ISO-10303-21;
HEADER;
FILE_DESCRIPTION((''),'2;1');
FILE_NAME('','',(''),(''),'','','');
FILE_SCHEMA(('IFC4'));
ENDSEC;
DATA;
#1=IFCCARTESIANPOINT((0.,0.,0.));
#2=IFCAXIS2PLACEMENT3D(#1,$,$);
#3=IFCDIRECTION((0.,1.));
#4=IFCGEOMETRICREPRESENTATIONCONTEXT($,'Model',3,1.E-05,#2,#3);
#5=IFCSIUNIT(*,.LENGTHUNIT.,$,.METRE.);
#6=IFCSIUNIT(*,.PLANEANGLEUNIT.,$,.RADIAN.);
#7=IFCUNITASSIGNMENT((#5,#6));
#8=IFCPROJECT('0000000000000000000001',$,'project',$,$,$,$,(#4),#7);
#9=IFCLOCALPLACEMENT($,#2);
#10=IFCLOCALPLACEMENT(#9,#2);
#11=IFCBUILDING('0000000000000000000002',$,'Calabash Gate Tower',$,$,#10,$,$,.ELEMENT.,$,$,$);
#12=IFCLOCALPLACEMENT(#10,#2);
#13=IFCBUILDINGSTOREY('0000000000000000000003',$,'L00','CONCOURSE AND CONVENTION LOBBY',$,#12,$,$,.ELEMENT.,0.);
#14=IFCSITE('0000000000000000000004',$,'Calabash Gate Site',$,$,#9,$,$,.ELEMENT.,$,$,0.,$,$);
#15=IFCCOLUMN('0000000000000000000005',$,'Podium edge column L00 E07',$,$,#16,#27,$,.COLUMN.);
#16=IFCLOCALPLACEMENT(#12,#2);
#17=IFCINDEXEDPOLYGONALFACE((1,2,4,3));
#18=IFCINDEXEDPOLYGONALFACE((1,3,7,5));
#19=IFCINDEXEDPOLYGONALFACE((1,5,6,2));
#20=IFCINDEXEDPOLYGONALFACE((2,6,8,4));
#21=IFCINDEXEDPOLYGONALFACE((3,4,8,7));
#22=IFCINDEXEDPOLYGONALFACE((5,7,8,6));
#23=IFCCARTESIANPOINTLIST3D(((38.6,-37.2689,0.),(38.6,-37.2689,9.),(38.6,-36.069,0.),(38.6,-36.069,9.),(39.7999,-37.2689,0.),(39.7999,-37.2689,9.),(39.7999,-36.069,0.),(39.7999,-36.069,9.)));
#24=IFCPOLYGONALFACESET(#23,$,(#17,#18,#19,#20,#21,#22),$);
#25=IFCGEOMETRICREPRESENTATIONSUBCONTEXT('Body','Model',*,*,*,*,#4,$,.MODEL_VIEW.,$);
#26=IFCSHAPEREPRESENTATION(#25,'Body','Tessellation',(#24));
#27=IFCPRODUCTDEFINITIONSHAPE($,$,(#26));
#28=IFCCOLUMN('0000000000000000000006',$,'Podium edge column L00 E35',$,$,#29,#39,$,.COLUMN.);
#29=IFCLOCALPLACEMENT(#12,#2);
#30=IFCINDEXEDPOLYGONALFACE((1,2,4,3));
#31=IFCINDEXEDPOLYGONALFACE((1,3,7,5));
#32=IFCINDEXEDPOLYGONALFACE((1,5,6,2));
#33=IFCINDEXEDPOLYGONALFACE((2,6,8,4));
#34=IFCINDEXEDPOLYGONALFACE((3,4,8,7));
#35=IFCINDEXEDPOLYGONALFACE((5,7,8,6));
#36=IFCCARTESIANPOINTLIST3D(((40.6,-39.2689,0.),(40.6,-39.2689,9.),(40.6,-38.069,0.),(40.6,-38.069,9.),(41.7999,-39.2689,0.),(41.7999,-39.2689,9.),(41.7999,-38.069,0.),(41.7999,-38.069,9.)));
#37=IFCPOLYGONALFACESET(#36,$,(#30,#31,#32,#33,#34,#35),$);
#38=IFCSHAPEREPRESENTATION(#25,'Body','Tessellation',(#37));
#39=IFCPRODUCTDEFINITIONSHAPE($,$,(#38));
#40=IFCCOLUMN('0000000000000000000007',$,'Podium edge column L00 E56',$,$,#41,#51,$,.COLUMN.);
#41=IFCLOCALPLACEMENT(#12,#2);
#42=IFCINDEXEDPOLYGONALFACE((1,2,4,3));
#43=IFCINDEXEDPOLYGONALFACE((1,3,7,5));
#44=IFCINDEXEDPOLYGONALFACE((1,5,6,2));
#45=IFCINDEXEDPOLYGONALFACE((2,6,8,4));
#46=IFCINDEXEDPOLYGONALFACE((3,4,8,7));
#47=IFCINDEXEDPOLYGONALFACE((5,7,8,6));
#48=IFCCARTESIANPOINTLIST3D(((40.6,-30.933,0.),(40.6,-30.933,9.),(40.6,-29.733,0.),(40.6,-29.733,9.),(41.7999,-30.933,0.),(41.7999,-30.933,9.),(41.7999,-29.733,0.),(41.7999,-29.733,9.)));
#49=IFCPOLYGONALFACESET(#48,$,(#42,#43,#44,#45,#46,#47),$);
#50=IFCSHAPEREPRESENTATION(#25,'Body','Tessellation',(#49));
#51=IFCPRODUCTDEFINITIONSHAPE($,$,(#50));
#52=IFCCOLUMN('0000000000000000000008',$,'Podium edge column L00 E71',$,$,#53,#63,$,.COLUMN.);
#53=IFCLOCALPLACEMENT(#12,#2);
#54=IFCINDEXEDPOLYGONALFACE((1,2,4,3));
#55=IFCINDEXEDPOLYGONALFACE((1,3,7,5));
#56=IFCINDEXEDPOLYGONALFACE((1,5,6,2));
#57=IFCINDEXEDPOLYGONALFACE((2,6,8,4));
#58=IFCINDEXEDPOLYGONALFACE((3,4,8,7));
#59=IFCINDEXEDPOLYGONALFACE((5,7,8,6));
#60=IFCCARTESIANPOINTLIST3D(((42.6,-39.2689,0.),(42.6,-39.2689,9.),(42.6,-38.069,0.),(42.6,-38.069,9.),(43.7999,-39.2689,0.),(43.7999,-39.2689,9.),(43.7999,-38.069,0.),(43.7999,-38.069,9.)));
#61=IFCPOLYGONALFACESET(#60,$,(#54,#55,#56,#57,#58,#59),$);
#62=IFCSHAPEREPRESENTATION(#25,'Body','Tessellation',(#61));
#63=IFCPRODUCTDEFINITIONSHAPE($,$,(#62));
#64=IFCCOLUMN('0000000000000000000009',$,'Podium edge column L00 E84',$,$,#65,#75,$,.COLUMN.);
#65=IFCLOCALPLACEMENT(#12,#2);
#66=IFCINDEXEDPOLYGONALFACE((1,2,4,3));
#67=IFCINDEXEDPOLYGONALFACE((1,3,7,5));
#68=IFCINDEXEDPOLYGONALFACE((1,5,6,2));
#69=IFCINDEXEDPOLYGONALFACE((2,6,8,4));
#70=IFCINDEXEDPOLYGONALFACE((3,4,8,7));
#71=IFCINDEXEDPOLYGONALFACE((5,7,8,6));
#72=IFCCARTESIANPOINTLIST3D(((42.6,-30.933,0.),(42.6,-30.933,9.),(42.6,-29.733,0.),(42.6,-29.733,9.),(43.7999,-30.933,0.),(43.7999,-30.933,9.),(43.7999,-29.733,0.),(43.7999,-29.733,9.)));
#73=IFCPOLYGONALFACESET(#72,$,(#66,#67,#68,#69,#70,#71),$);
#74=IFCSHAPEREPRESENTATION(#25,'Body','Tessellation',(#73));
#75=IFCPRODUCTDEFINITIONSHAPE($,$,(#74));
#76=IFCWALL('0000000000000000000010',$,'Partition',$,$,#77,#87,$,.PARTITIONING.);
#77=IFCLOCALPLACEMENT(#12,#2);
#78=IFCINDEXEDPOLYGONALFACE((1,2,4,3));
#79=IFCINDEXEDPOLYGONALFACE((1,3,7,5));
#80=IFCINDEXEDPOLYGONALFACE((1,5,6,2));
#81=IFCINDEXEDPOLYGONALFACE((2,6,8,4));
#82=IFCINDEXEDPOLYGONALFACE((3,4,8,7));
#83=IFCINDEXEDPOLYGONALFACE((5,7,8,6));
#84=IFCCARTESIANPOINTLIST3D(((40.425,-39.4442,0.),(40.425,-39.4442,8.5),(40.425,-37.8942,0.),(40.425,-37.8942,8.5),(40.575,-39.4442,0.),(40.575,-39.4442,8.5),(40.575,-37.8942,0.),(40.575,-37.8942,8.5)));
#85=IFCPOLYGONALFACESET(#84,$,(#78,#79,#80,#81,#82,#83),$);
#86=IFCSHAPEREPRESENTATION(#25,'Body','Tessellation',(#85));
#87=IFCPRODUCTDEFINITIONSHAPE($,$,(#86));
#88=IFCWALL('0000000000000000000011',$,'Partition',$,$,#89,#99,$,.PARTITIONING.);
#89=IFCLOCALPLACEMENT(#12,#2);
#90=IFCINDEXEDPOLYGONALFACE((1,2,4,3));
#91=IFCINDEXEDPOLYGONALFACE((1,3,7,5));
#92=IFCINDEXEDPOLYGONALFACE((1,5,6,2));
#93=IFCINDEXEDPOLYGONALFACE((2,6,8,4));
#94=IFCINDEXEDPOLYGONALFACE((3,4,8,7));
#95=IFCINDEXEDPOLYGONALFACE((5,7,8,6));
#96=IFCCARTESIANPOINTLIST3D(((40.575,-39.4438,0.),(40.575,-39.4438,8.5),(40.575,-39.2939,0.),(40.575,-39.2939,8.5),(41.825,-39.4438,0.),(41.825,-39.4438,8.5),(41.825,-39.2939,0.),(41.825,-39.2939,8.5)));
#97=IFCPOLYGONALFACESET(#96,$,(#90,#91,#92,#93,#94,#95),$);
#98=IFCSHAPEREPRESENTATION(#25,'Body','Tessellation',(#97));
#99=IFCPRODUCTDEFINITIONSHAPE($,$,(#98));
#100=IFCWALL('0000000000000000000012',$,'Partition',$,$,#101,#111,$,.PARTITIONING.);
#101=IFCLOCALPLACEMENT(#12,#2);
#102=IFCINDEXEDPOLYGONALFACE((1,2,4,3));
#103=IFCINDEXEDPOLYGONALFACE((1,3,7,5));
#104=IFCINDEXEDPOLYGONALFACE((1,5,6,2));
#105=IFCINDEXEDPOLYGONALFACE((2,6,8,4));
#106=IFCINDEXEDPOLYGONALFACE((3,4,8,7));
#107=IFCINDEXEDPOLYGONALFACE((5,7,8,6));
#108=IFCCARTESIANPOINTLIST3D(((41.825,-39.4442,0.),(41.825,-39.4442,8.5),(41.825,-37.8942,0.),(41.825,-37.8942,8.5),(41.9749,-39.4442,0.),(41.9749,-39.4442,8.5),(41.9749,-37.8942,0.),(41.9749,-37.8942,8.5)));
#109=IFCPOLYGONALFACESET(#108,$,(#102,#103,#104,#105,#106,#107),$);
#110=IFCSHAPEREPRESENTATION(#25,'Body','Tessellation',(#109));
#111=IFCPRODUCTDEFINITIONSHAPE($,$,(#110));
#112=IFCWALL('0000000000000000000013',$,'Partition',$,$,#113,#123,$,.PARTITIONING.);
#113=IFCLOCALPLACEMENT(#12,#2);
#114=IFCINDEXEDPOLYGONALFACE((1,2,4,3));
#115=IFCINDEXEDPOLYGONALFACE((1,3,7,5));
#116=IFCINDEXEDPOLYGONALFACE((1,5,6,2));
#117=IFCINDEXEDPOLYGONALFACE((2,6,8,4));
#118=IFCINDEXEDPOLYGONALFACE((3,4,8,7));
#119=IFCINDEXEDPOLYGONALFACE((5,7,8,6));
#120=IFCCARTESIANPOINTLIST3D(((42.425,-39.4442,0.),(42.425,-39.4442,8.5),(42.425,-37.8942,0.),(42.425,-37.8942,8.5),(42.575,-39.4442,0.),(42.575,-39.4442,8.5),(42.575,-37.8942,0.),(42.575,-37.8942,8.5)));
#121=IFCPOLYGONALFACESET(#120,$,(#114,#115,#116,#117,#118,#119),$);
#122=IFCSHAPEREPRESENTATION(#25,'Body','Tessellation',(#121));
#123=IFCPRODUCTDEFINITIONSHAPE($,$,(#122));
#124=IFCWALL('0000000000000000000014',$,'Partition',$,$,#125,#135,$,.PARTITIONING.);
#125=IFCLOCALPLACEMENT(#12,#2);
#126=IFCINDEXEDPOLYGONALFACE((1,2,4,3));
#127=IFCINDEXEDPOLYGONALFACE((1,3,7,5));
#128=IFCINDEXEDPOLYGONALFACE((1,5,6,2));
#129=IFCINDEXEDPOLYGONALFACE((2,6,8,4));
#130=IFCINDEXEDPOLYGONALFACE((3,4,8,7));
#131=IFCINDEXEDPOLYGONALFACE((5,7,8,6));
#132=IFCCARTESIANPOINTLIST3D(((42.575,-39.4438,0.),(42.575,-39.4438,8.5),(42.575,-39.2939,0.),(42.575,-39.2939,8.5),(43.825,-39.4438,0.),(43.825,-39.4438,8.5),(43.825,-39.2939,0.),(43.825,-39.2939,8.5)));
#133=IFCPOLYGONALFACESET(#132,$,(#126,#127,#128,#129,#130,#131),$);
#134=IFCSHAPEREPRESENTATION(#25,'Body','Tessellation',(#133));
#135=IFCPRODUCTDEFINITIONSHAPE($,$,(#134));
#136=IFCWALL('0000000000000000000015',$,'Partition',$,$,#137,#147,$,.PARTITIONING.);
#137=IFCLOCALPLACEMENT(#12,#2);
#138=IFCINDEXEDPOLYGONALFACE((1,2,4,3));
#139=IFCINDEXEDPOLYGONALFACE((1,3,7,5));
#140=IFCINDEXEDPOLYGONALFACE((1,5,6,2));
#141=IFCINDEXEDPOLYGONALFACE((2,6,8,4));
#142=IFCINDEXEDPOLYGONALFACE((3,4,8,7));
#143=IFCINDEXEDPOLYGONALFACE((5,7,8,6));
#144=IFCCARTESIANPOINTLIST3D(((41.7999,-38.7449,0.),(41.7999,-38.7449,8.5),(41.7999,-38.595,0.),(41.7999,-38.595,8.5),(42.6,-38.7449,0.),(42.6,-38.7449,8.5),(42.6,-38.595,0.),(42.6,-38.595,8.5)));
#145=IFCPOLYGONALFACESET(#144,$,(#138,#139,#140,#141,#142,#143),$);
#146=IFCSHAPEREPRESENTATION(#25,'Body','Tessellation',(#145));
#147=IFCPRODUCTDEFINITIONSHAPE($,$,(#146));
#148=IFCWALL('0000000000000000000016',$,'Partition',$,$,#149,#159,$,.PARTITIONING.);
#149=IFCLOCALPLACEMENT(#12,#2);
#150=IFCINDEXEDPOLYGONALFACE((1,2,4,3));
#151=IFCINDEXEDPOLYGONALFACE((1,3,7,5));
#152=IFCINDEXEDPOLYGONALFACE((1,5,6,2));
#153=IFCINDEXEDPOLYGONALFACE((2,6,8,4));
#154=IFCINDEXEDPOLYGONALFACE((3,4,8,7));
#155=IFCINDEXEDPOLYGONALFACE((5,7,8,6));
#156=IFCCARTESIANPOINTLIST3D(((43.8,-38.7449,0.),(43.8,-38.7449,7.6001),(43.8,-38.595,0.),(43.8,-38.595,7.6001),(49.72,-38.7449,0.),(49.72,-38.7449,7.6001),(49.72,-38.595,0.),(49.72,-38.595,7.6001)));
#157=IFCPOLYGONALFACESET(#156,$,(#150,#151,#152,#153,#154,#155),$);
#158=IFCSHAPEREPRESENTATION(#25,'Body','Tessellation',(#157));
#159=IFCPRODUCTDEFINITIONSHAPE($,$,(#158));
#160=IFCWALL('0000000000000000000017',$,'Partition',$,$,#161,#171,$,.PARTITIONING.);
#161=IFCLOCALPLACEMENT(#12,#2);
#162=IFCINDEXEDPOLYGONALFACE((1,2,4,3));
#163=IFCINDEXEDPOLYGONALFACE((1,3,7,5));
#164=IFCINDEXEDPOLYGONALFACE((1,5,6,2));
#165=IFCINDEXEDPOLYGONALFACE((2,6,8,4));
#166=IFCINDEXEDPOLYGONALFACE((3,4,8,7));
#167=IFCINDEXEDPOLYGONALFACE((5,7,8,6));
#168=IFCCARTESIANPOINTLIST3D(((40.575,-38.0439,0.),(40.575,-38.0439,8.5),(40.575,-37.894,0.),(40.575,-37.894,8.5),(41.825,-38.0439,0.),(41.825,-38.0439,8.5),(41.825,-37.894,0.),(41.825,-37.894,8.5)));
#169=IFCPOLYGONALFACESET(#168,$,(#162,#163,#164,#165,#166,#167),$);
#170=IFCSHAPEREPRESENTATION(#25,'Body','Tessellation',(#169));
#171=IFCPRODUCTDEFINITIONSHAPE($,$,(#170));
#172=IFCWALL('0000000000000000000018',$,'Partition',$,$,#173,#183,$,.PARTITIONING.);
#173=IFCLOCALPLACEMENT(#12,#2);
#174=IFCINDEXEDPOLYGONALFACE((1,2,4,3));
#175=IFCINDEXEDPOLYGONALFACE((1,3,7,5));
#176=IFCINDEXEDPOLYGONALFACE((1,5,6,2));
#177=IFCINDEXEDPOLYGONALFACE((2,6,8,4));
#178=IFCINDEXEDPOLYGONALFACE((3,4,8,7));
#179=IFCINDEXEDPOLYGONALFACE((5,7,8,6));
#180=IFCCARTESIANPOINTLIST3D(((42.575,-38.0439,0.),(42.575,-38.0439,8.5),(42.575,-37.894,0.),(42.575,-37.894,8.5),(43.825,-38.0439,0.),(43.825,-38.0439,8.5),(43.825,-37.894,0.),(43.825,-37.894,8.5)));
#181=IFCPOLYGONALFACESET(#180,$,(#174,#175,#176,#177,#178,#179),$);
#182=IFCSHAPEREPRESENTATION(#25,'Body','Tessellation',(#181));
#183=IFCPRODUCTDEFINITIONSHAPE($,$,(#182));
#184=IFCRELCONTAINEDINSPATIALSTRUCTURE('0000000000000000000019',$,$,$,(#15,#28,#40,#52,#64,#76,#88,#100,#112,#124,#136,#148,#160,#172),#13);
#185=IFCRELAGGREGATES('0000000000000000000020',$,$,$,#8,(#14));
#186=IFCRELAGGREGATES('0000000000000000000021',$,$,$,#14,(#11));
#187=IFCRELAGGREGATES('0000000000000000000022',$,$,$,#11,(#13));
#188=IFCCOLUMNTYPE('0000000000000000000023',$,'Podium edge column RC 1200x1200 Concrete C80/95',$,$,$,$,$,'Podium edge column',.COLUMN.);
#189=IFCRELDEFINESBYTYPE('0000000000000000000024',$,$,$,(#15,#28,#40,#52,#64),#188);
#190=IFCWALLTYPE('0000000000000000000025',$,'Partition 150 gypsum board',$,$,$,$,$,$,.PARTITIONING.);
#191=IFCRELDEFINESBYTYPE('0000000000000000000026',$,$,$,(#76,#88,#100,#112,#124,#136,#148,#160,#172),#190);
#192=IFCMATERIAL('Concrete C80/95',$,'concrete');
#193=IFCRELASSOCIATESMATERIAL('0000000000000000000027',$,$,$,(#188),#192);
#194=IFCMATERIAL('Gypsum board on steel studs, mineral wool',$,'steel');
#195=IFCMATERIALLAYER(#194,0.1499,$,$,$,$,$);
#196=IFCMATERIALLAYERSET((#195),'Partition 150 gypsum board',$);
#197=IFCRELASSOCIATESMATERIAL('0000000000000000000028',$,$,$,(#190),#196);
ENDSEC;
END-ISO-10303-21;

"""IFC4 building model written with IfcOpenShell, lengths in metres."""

from ifc_helpers import new_model, si_unit, direction, frame, frame_2d, origin, origin_2d, place, context, subcontext, project, spatial, rectangle, extrude, material, layer, layer_set, material_profile, profile_set, type_object, element, save


model = new_model("IFC4")

# Units and contexts
model_context = context("Model", 3, precision=1e-05, world=origin(), true_north=direction((0.0, 1.0)))
body_context = subcontext(model_context, "Body", "Model", "MODEL_VIEW")
ifc_project = project(units=[si_unit("LENGTHUNIT", "METRE"), si_unit("PLANEANGLEUNIT", "RADIAN")], contexts=[model_context])

# Site, building, storey
site_placement = place(None, origin())
site = spatial("IfcSite", under=ifc_project, at=site_placement, Name="Calabash Gate Site", CompositionType="ELEMENT", RefElevation=0.0)
building_placement = place(site_placement, origin())
building = spatial("IfcBuilding", under=site, at=building_placement, Name="Calabash Gate Tower", CompositionType="ELEMENT")
storey_placement = place(building_placement, origin())
storey = spatial("IfcBuildingStorey", under=building, at=storey_placement, Name="L00", Description="CONCOURSE AND CONVENTION LOBBY", CompositionType="ELEMENT", Elevation=0.0)

# Columns
ifc_material_1 = material(Name="Concrete C80/95", Category="concrete")
ifc_material_profile = material_profile(ifc_material_1, rectangle(XDim=1.2, YDim=1.2, at=origin_2d()))
ifc_profile_set = profile_set([ifc_material_profile], Name="Concrete C80/95")
column_type = type_object("IfcColumnType", Name="Podium edge column RC 1200x1200 Concrete C80/95", ElementType="Podium edge column", PredefinedType="COLUMN", material=ifc_profile_set)
for number, where, z_axis, x_axis, name in (
    (1, (39.2, -36.6689, 0.0), (0.0, 0.0, 1.0), (1.0, 0.0, 0.0), "Podium edge column L00 E07"),
    (2, (41.2, -38.6689, 0.0), (0.0, 0.0, 1.0), (1.0, 0.0, 0.0), "Podium edge column L00 E35"),
    (3, (41.2, -30.333, 0.0), (0.0, 0.0, 1.0), (1.0, 0.0, 0.0), "Podium edge column L00 E56"),
    (4, (43.2, -38.6689, 0.0), (0.0, 0.0, 1.0), (1.0, 0.0, 0.0), "Podium edge column L00 E71"),
    (5, (43.2, -30.333, 0.0), (0.0, 0.0, 1.0), (1.0, 0.0, 0.0), "Podium edge column L00 E84"),
):
    element("IfcColumn", number, at=place(storey_placement, frame(where, z_axis=z_axis, x_axis=x_axis)), inside=storey, type_object=column_type, Name=name, PredefinedType="COLUMN", context=body_context, shape_type="SweptSolid", body=[
        extrude(rectangle(XDim=1.2, YDim=1.2, at=origin_2d()), origin(), (0.0, 0.0, 1.0), 9.0),
    ])

# Walls
ifc_material_2 = material(Name="Gypsum board on steel studs, mineral wool", Category="steel")
ifc_layer_1 = layer(ifc_material_2, 0.1499)
ifc_layer_set_1 = layer_set([ifc_layer_1], Name="Partition 150 gypsum board")
wall_type_1 = type_object("IfcWallType", Name="Partition 150 gypsum board", PredefinedType="PARTITIONING", material=ifc_layer_set_1)
wall_1_placement = place(storey_placement, frame((40.5, -39.4441, 0.0), z_axis=(0.0, 0.0, 1.0), x_axis=(0.0, 1.0, 0.0)))
element("IfcWall", 6, at=wall_1_placement, inside=storey, type_object=wall_type_1, Name="Partition", PredefinedType="PARTITIONING", context=body_context, shape_type="SweptSolid", body=[
    extrude(rectangle(XDim=1.55, YDim=0.1499, at=frame_2d((0.7749, 0.0))), origin(), (0.0, 0.0, 1.0), 8.5),
])
wall_2_placement = place(storey_placement, frame((40.575, -39.3689, 0.0), z_axis=(0.0, 0.0, 1.0), x_axis=(1.0, 0.0, 0.0)))
element("IfcWall", 7, at=wall_2_placement, inside=storey, type_object=wall_type_1, Name="Partition", PredefinedType="PARTITIONING", context=body_context, shape_type="SweptSolid", body=[
    extrude(rectangle(XDim=1.25, YDim=0.1499, at=frame_2d((0.625, 0.0))), origin(), (0.0, 0.0, 1.0), 8.5),
])
for number, where, z_axis, x_axis, name in (
    (8, (41.8999, -39.4441, 0.0), (0.0, 0.0, 1.0), (0.0, 1.0, 0.0), "Partition"),
    (9, (42.5, -39.4441, 0.0), (0.0, 0.0, 1.0), (0.0, 1.0, 0.0), "Partition"),
):
    element("IfcWall", number, at=place(storey_placement, frame(where, z_axis=z_axis, x_axis=x_axis)), inside=storey, type_object=wall_type_1, Name=name, PredefinedType="PARTITIONING", context=body_context, shape_type="SweptSolid", body=[
        extrude(rectangle(XDim=1.55, YDim=0.1499, at=frame_2d((0.7749, 0.0))), origin(), (0.0, 0.0, 1.0), 8.5),
    ])
wall_3_placement = place(storey_placement, frame((42.575, -39.3689, 0.0), z_axis=(0.0, 0.0, 1.0), x_axis=(1.0, 0.0, 0.0)))
element("IfcWall", 10, at=wall_3_placement, inside=storey, type_object=wall_type_1, Name="Partition", PredefinedType="PARTITIONING", context=body_context, shape_type="SweptSolid", body=[
    extrude(rectangle(XDim=1.25, YDim=0.1499, at=frame_2d((0.625, 0.0))), origin(), (0.0, 0.0, 1.0), 8.5),
])
wall_4_placement = place(storey_placement, frame((41.8, -38.6699, 0.0), z_axis=(0.0, 0.0, 1.0), x_axis=(1.0, 0.0, 0.0)))
element("IfcWall", 11, at=wall_4_placement, inside=storey, type_object=wall_type_1, Name="Partition", PredefinedType="PARTITIONING", context=body_context, shape_type="SweptSolid", body=[
    extrude(rectangle(XDim=0.8, YDim=0.1499, at=frame_2d((0.3999, 0.0))), origin(), (0.0, 0.0, 1.0), 8.5),
])
wall_5_placement = place(storey_placement, frame((43.8, -38.6699, 0.0), z_axis=(0.0, 0.0, 1.0), x_axis=(1.0, 0.0, 0.0)))
element("IfcWall", 12, at=wall_5_placement, inside=storey, type_object=wall_type_1, Name="Partition", PredefinedType="PARTITIONING", context=body_context, shape_type="SweptSolid", body=[
    extrude(rectangle(XDim=5.9199, YDim=0.1499, at=frame_2d((2.96, 0.0))), origin(), (0.0, 0.0, 1.0), 7.6001),
])
for number, where, z_axis, x_axis, name in (
    (13, (40.575, -37.969, 0.0), (0.0, 0.0, 1.0), (1.0, 0.0, 0.0), "Partition"),
    (14, (42.575, -37.969, 0.0), (0.0, 0.0, 1.0), (1.0, 0.0, 0.0), "Partition"),
):
    element("IfcWall", number, at=place(storey_placement, frame(where, z_axis=z_axis, x_axis=x_axis)), inside=storey, type_object=wall_type_1, Name=name, PredefinedType="PARTITIONING", context=body_context, shape_type="SweptSolid", body=[
        extrude(rectangle(XDim=1.25, YDim=0.1499, at=frame_2d((0.625, 0.0))), origin(), (0.0, 0.0, 1.0), 8.5),
    ])

save(model, "model.ifc")
